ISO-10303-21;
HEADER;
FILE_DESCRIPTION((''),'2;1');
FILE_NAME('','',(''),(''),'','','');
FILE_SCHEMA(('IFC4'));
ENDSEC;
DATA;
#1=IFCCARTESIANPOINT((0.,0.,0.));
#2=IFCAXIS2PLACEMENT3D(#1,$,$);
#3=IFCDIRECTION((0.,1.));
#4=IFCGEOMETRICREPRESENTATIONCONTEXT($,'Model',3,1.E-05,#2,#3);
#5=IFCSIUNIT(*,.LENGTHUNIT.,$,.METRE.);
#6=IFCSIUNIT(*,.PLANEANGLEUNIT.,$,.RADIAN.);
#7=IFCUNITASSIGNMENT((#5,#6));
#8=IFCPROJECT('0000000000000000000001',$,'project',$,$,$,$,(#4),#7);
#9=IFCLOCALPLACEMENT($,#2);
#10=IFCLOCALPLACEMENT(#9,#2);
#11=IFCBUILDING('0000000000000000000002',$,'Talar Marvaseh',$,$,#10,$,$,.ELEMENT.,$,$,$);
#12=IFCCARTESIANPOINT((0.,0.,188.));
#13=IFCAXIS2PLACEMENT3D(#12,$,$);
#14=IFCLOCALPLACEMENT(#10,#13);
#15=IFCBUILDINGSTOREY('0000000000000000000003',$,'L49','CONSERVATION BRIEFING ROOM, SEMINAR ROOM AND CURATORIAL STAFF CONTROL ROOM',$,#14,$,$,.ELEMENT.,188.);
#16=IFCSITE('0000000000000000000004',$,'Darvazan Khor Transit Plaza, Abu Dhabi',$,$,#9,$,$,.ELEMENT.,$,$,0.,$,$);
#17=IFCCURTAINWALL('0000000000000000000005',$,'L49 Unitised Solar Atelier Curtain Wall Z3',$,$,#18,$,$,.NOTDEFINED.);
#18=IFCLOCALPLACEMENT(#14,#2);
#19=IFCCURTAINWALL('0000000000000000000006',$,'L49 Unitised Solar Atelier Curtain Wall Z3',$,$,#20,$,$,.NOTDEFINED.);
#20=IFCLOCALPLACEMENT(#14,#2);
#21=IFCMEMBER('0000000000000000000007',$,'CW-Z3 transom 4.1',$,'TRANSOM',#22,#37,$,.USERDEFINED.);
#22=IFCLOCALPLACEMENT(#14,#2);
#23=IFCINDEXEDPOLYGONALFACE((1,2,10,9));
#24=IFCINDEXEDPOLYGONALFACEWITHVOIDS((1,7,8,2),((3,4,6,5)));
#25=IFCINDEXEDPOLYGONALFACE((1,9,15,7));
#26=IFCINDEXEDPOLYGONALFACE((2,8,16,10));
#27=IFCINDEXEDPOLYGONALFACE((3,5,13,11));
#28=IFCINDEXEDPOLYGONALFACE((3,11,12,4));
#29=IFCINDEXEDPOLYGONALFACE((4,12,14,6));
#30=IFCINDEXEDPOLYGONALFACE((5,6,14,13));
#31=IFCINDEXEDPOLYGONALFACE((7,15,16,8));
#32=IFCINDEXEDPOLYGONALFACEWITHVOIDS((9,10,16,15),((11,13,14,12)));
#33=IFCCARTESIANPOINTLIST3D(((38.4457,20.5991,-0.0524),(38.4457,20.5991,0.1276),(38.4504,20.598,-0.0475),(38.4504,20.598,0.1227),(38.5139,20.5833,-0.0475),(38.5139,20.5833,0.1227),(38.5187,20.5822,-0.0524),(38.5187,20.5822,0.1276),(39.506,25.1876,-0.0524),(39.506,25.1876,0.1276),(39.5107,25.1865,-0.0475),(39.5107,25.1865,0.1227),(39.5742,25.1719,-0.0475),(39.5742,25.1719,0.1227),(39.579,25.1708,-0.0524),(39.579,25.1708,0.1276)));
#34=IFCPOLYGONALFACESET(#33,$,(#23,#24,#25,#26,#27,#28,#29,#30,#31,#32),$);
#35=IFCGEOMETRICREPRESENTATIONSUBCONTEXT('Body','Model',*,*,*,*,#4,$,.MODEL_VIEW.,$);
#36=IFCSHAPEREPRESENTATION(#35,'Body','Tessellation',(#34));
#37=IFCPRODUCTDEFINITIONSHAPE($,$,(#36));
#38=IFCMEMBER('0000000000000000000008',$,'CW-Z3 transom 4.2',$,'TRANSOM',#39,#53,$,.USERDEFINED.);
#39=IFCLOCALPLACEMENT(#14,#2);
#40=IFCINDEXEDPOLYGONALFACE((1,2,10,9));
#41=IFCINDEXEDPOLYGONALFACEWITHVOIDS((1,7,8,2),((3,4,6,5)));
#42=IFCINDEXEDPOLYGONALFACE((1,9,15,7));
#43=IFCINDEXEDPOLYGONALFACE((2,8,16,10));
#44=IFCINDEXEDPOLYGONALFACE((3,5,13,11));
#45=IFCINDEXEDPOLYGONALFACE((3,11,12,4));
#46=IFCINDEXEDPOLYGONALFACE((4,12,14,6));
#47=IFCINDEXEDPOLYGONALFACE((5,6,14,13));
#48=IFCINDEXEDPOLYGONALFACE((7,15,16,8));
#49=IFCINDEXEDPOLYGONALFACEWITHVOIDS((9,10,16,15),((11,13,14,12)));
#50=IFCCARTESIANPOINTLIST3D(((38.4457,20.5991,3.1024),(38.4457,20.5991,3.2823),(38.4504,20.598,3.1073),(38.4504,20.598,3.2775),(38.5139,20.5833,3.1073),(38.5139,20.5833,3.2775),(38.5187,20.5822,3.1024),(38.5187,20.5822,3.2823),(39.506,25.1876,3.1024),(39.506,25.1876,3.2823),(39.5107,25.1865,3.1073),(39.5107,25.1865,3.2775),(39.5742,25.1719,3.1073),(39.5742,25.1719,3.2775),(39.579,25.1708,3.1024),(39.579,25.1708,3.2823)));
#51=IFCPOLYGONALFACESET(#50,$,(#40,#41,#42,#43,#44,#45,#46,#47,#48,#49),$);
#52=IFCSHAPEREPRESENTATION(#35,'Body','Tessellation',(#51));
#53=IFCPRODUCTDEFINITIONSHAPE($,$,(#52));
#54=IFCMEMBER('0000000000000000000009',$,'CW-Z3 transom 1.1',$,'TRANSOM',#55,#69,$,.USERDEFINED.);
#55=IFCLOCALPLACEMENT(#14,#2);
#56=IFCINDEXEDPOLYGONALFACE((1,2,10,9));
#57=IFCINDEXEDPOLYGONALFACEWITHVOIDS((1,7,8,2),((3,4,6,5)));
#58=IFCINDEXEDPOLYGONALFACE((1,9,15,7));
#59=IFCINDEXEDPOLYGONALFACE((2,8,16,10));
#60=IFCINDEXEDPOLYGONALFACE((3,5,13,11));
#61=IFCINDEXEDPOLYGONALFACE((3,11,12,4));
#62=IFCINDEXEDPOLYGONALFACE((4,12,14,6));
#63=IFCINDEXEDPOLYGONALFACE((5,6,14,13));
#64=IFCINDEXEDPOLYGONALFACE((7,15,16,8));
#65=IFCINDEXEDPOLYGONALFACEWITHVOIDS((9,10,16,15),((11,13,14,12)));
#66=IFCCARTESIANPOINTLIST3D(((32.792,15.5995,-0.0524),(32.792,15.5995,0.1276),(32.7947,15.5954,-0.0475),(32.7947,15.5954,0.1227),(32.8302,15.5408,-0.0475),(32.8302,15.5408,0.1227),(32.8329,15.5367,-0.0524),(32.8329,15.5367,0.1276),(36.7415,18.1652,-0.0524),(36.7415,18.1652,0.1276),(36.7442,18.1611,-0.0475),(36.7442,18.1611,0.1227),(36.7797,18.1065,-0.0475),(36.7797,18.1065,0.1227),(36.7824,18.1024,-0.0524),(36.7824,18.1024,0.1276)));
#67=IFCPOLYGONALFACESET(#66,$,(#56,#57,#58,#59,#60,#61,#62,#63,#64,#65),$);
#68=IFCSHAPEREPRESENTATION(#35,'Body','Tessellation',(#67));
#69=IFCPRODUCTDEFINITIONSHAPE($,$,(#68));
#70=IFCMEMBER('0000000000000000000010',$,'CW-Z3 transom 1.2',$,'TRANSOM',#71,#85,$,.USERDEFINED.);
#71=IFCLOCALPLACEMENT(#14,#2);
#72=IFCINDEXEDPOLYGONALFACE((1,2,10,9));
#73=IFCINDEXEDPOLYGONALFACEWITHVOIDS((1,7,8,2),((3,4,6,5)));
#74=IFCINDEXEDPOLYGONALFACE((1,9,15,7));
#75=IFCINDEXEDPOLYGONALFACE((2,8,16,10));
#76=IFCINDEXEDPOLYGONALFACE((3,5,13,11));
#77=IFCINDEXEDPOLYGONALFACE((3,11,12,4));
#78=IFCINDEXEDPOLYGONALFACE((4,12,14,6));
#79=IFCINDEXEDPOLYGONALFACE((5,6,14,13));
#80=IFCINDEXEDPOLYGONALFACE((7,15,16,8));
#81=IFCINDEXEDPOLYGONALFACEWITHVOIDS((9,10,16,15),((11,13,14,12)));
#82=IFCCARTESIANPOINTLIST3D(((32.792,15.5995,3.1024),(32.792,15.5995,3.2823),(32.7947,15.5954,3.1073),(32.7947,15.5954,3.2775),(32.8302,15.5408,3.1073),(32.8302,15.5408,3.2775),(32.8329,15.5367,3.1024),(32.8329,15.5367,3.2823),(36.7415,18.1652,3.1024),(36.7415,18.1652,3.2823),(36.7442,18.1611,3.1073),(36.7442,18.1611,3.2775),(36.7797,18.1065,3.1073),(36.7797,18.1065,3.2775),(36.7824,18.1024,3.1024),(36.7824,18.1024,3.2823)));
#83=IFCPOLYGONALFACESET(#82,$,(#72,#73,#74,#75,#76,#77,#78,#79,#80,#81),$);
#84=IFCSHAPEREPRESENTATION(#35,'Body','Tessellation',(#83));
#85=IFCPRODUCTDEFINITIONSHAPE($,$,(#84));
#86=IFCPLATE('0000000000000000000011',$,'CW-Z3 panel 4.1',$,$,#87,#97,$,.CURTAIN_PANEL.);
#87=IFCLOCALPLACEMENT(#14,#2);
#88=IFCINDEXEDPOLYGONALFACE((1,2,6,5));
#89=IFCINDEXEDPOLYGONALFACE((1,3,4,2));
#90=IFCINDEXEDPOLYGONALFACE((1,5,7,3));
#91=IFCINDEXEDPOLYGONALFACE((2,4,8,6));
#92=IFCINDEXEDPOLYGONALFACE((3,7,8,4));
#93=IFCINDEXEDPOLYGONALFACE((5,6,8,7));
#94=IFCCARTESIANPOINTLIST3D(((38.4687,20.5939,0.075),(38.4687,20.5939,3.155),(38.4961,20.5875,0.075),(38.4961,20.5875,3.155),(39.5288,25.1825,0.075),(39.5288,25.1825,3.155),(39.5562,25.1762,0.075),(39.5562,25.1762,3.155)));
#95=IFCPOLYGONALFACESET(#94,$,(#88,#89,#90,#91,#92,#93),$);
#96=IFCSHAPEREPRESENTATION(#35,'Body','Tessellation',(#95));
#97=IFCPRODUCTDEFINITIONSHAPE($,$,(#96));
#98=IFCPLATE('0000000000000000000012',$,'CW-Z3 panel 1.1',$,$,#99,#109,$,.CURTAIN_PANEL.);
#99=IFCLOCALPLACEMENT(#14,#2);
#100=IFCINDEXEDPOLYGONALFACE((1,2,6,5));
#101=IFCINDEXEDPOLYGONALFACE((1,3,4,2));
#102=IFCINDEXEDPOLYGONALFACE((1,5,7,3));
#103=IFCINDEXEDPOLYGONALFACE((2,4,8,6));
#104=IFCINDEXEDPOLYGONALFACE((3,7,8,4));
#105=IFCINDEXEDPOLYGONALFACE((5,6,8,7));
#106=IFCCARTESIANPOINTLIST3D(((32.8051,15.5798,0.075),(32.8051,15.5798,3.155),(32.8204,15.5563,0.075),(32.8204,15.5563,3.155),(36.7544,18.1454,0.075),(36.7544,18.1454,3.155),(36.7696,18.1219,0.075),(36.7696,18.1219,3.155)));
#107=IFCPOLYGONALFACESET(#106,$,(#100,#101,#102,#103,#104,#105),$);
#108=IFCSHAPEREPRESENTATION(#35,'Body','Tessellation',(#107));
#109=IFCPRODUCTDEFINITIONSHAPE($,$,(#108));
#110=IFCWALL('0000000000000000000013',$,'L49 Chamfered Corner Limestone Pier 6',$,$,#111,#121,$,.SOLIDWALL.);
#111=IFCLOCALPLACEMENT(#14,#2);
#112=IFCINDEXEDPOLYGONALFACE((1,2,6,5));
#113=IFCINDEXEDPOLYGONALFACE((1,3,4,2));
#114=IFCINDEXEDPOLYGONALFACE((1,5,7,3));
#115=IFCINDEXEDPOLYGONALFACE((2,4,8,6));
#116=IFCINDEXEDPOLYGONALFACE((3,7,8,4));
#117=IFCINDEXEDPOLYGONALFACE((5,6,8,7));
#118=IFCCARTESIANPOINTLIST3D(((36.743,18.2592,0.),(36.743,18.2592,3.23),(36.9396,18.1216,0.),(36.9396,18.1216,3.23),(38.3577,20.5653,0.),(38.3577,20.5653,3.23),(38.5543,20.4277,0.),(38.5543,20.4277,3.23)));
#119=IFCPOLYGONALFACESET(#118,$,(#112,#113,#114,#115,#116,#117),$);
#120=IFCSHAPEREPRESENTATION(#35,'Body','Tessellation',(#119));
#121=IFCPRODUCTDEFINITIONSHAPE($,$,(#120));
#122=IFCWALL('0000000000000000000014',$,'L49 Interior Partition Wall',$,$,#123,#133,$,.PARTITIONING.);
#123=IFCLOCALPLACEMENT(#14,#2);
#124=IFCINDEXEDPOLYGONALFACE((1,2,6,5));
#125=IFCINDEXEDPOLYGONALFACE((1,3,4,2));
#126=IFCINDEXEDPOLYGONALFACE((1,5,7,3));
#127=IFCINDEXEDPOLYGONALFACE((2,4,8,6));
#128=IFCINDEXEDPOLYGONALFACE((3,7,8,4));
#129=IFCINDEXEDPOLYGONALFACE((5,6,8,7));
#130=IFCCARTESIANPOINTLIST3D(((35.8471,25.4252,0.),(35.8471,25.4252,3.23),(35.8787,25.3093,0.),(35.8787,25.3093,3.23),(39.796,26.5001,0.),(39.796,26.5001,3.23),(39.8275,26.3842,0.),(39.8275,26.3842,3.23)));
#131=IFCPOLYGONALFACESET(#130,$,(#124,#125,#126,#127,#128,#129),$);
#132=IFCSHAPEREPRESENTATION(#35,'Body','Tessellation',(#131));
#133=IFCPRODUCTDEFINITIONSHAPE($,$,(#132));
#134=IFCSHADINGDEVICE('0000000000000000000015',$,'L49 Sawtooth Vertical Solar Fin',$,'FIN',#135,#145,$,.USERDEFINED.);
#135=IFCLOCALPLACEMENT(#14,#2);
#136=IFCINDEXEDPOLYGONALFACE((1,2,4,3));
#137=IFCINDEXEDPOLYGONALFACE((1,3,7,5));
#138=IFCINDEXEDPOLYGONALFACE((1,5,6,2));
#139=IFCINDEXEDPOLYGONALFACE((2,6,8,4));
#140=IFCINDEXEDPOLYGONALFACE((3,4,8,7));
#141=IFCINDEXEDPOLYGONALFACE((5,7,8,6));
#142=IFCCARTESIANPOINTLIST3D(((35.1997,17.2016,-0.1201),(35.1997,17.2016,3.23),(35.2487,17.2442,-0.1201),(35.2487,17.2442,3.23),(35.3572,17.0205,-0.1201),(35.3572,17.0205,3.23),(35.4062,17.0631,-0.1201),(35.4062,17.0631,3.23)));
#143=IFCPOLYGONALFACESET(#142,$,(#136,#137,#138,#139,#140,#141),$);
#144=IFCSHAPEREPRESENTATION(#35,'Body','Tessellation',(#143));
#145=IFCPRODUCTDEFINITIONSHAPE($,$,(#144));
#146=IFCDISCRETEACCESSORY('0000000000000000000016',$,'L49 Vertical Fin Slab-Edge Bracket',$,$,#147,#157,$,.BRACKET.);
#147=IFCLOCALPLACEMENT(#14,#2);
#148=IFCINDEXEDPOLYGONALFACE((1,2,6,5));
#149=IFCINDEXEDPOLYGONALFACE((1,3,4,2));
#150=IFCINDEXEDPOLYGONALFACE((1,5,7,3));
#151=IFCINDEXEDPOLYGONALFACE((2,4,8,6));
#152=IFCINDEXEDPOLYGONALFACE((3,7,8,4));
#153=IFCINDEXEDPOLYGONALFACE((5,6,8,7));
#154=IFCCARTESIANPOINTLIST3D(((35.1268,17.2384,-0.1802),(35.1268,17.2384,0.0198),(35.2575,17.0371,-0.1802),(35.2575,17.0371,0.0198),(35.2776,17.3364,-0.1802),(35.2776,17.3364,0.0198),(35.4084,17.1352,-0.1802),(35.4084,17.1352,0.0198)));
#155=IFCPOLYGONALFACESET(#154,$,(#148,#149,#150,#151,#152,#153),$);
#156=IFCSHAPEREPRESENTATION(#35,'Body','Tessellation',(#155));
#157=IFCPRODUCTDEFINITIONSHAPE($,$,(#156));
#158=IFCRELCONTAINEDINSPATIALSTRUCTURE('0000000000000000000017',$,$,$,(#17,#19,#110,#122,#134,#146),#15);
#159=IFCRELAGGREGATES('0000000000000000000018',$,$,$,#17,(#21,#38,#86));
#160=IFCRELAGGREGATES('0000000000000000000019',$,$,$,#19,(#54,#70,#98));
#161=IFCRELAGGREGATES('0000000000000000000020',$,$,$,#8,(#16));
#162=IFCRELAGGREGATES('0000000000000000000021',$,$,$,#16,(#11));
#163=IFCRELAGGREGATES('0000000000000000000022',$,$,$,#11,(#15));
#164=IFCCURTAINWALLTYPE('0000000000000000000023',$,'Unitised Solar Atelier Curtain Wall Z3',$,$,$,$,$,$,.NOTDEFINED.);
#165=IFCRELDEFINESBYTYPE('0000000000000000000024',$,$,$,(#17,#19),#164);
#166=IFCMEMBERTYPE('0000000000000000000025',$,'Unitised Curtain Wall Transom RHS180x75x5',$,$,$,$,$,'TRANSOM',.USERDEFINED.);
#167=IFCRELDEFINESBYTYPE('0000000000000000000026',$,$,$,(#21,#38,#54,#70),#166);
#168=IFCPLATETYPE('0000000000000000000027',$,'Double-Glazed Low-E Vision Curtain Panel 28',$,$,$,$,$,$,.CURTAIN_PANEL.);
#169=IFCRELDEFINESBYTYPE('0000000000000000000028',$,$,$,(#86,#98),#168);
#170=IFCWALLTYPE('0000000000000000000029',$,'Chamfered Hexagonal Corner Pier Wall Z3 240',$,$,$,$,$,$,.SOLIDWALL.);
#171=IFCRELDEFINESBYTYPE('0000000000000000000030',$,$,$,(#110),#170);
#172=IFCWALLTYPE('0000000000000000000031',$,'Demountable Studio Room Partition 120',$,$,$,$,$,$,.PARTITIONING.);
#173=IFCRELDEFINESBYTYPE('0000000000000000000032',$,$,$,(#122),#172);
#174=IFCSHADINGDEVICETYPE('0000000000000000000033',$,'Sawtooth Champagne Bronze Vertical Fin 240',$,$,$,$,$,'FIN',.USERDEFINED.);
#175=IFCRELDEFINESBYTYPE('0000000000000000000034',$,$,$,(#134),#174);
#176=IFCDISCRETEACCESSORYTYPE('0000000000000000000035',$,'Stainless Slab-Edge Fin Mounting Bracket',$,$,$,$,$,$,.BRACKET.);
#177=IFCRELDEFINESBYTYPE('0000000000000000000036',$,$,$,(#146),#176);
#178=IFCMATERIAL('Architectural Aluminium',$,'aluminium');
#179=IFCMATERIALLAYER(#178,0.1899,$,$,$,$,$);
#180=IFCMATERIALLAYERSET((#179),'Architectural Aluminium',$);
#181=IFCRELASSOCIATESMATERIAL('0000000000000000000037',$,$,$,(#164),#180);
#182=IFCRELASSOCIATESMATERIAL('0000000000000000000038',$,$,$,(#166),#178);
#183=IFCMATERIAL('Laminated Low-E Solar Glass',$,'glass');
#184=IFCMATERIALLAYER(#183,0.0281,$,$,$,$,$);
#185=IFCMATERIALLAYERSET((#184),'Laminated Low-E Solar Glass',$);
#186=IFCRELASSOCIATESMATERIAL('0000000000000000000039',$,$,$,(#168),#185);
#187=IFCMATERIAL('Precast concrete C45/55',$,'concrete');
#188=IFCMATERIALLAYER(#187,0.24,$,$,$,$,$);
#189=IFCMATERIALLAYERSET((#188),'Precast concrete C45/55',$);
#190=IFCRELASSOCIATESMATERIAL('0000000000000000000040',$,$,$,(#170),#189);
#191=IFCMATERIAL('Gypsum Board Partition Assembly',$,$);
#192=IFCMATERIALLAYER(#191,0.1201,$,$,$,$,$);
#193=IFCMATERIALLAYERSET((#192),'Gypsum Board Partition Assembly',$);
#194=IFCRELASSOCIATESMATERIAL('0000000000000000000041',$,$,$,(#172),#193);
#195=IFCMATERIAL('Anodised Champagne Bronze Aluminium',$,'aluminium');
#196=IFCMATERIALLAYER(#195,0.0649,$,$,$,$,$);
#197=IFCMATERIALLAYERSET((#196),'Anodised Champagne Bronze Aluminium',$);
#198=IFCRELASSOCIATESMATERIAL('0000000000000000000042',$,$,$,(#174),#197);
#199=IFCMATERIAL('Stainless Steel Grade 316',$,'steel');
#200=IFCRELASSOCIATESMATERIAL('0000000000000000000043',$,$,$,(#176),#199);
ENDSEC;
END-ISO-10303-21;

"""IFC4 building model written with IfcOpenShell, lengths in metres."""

from ifc_helpers import new_model, si_unit, direction, frame, frame_2d, origin, origin_2d, place, context, subcontext, project, spatial, rectangle, hollow_rectangle, extrude, source, transform, mapped, material, layer, layer_set, material_profile, profile_set, type_object, type_shapes, element, aggregate, save


model = new_model("IFC4")

# Units and contexts
model_context = context("Model", 3, precision=1e-05, world=origin(), true_north=direction((0.0, 1.0)))
body_context = subcontext(model_context, "Body", "Model", "MODEL_VIEW")
ifc_project = project(units=[si_unit("LENGTHUNIT", "METRE"), si_unit("PLANEANGLEUNIT", "RADIAN")], contexts=[model_context])

# Site, building, storey
site_placement = place(None, origin())
site = spatial("IfcSite", under=ifc_project, at=site_placement, Name="Darvazan Khor Transit Plaza, Abu Dhabi", CompositionType="ELEMENT", RefElevation=0.0)
building_placement = place(site_placement, origin())
building = spatial("IfcBuilding", under=site, at=building_placement, Name="Talar Marvaseh", CompositionType="ELEMENT")
storey_placement = place(building_placement, frame((0.0, 0.0, 188.0)))
storey = spatial("IfcBuildingStorey", under=building, at=storey_placement, Name="L49", Description="CONSERVATION BRIEFING ROOM, SEMINAR ROOM AND CURATORIAL STAFF CONTROL ROOM", CompositionType="ELEMENT", Elevation=188.0)

# Curtain wall
ifc_material_1 = material(Name="Architectural Aluminium", Category="aluminium")
ifc_layer_1 = layer(ifc_material_1, 0.1899)
ifc_layer_set_1 = layer_set([ifc_layer_1], Name="Architectural Aluminium")
curtain_wall_type = type_object("IfcCurtainWallType", Name="Unitised Solar Atelier Curtain Wall Z3", PredefinedType="NOTDEFINED", material=ifc_layer_set_1)
curtain_wall_1_placement = place(storey_placement, origin())
curtain_wall_1 = element("IfcCurtainWall", 1, at=curtain_wall_1_placement, inside=storey, type_object=curtain_wall_type, Name="L49 Unitised Solar Atelier Curtain Wall Z3", PredefinedType="NOTDEFINED")

# Curtain wall
curtain_wall_2_placement = place(storey_placement, origin())
curtain_wall_2 = element("IfcCurtainWall", 2, at=curtain_wall_2_placement, inside=storey, type_object=curtain_wall_type, Name="L49 Unitised Solar Atelier Curtain Wall Z3", PredefinedType="NOTDEFINED")

# Members
ifc_material_profile_1 = material_profile(ifc_material_1, hollow_rectangle(XDim=0.075, YDim=0.1799, WallThickness=0.0049, at=origin_2d()), Name="RHS180x75x5")
ifc_profile_set_1 = profile_set([ifc_material_profile_1], Name="Architectural Aluminium")
member_type_1 = type_object("IfcMemberType", Name="Unitised Curtain Wall Transom RHS180x75x5", ElementType="TRANSOM", PredefinedType="USERDEFINED", material=ifc_profile_set_1)
shared_shape_1 = source(origin(), body_context, "Body", "SweptSolid", [
    extrude(hollow_rectangle(XDim=0.075, YDim=0.1799, WallThickness=0.0049, at=origin_2d()), origin(), (0.0, 0.0, 1.0), 4.7095),
])
member_1_placement = place(storey_placement, frame((39.5425, 25.1792, 0.0376), z_axis=(-0.22514, -0.974327, 0.0), x_axis=(0.974327, -0.22514, 0.0)))
member_1 = element("IfcMember", 3, at=member_1_placement, type_object=member_type_1, Name="CW-Z3 transom 4.1", ObjectType="TRANSOM", PredefinedType="USERDEFINED", context=body_context, shape_type="MappedRepresentation", body=[
    mapped(shared_shape_1, transform((0.0, 0.0, 0.0), x_axis=(1.0, 0.0, 0.0), y_axis=(0.0, 1.0, 0.0), z_axis=(0.0, 0.0, 1.0), scale=1.0)),
])
member_2_placement = place(storey_placement, frame((39.5425, 25.1792, 3.1924), z_axis=(-0.22514, -0.974327, 0.0), x_axis=(0.974327, -0.22514, 0.0)))
member_2 = element("IfcMember", 4, at=member_2_placement, type_object=member_type_1, Name="CW-Z3 transom 4.2", ObjectType="TRANSOM", PredefinedType="USERDEFINED", context=body_context, shape_type="MappedRepresentation", body=[
    mapped(shared_shape_1, transform((0.0, 0.0, 0.0), x_axis=(1.0, 0.0, 0.0), y_axis=(0.0, 1.0, 0.0), z_axis=(0.0, 0.0, 1.0), scale=1.0)),
])
shared_shape_2 = source(origin(), body_context, "Body", "SweptSolid", [
    extrude(hollow_rectangle(XDim=0.075, YDim=0.1799, WallThickness=0.0049, at=origin_2d()), origin(), (0.0, 0.0, 1.0), 4.7097),
])
type_shapes(member_type_1, [shared_shape_1, shared_shape_2])
member_3_placement = place(storey_placement, frame((36.762, 18.1338, 0.0376), z_axis=(-0.838587, -0.544768, 0.0), x_axis=(0.544768, -0.838587, 0.0)))
member_3 = element("IfcMember", 5, at=member_3_placement, type_object=member_type_1, Name="CW-Z3 transom 1.1", ObjectType="TRANSOM", PredefinedType="USERDEFINED", context=body_context, shape_type="MappedRepresentation", body=[
    mapped(shared_shape_2, transform((0.0, 0.0, 0.0), x_axis=(1.0, 0.0, 0.0), y_axis=(0.0, 1.0, 0.0), z_axis=(0.0, 0.0, 1.0), scale=1.0)),
])
member_4_placement = place(storey_placement, frame((36.762, 18.1338, 3.1924), z_axis=(-0.838587, -0.544768, 0.0), x_axis=(0.544768, -0.838587, 0.0)))
member_4 = element("IfcMember", 6, at=member_4_placement, type_object=member_type_1, Name="CW-Z3 transom 1.2", ObjectType="TRANSOM", PredefinedType="USERDEFINED", context=body_context, shape_type="MappedRepresentation", body=[
    mapped(shared_shape_2, transform((0.0, 0.0, 0.0), x_axis=(1.0, 0.0, 0.0), y_axis=(0.0, 1.0, 0.0), z_axis=(0.0, 0.0, 1.0), scale=1.0)),
])

# Plates
ifc_material_2 = material(Name="Laminated Low-E Solar Glass", Category="glass")
ifc_layer_2 = layer(ifc_material_2, 0.0281)
ifc_layer_set_2 = layer_set([ifc_layer_2], Name="Laminated Low-E Solar Glass")
plate_type = type_object("IfcPlateType", Name="Double-Glazed Low-E Vision Curtain Panel 28", PredefinedType="CURTAIN_PANEL", material=ifc_layer_set_2)
shared_shape_3 = source(origin(), body_context, "Body", "SweptSolid", [
    extrude(rectangle(XDim=4.7095, YDim=0.0281, at=origin_2d()), origin(), (0.0, 0.0, 1.0), 3.0801),
])
type_shapes(plate_type, [shared_shape_3])
plate_1_placement = place(storey_placement, frame((39.0125, 22.885, 0.075), z_axis=(0.0, 0.0, 1.0), x_axis=(-0.225102, -0.974335, 0.0)))
plate_1 = element("IfcPlate", 7, at=plate_1_placement, type_object=plate_type, Name="CW-Z3 panel 4.1", PredefinedType="CURTAIN_PANEL", context=body_context, shape_type="MappedRepresentation", body=[
    mapped(shared_shape_3, transform((0.0, 0.0, 0.0), x_axis=(1.0, 0.0, 0.0), y_axis=(0.0, 1.0, 0.0), z_axis=(0.0, 0.0, 1.0), scale=1.0)),
])
aggregate(curtain_wall_1, [member_1, member_2, plate_1])
plate_2_placement = place(storey_placement, frame((34.7874, 16.8508, 0.075), z_axis=(0.0, 0.0, 1.0), x_axis=(-0.838585, -0.544771, 0.0)))
plate_2 = element("IfcPlate", 8, at=plate_2_placement, type_object=plate_type, Name="CW-Z3 panel 1.1", PredefinedType="CURTAIN_PANEL", context=body_context, shape_type="MappedRepresentation", body=[
    mapped(shared_shape_3, transform((0.0, 0.0, 0.0), x_axis=(1.0, 0.0, 0.0), y_axis=(0.0, 1.0, 0.0), z_axis=(0.0, 0.0, 1.0), scale=1.0)),
])
aggregate(curtain_wall_2, [member_3, member_4, plate_2])

# Wall
ifc_material_3 = material(Name="Precast concrete C45/55", Category="concrete")
ifc_layer_3 = layer(ifc_material_3, 0.24)
ifc_layer_set_3 = layer_set([ifc_layer_3], Name="Precast concrete C45/55")
wall_type_1 = type_object("IfcWallType", Name="Chamfered Hexagonal Corner Pier Wall Z3 240", PredefinedType="SOLIDWALL", material=ifc_layer_set_3)
wall_1_placement = place(storey_placement, frame((38.4561, 20.4966, 0.0), z_axis=(0.0, 0.0, 1.0), x_axis=(-0.573567, -0.819159, 0.0)))
element("IfcWall", 9, at=wall_1_placement, inside=storey, type_object=wall_type_1, Name="L49 Chamfered Corner Limestone Pier 6", PredefinedType="SOLIDWALL", context=body_context, shape_type="SweptSolid", body=[
    extrude(rectangle(XDim=2.8152, YDim=0.24, at=frame_2d((1.4077, 0.0))), origin(), (0.0, 0.0, 1.0), 3.23),
])

# Shared definitions
ifc_material_4 = material(Name="Gypsum Board Partition Assembly")

# Wall
ifc_layer_4 = layer(ifc_material_4, 0.1201)
ifc_layer_set_4 = layer_set([ifc_layer_4], Name="Gypsum Board Partition Assembly")
wall_type_2 = type_object("IfcWallType", Name="Demountable Studio Room Partition 120", PredefinedType="PARTITIONING", material=ifc_layer_set_4)
wall_2_placement = place(storey_placement, frame((35.8628, 25.3672, 0.0), z_axis=(0.0, 0.0, 1.0), x_axis=(0.964886, 0.262668, 0.0)))
element("IfcWall", 10, at=wall_2_placement, inside=storey, type_object=wall_type_2, Name="L49 Interior Partition Wall", PredefinedType="PARTITIONING", context=body_context, shape_type="SweptSolid", body=[
    extrude(rectangle(XDim=4.0925, YDim=0.1201, at=frame_2d((2.0464, 0.0))), origin(), (0.0, 0.0, 1.0), 3.23),
])

# Shading device
ifc_material_5 = material(Name="Anodised Champagne Bronze Aluminium", Category="aluminium")
ifc_layer_5 = layer(ifc_material_5, 0.0649)
ifc_layer_set_5 = layer_set([ifc_layer_5], Name="Anodised Champagne Bronze Aluminium")
shading_device_type = type_object("IfcShadingDeviceType", Name="Sawtooth Champagne Bronze Vertical Fin 240", ElementType="FIN", PredefinedType="USERDEFINED", material=ifc_layer_set_5)
shared_shape_4 = source(origin(), body_context, "Body", "SweptSolid", [
    extrude(rectangle(XDim=0.24, YDim=0.0649, at=origin_2d()), origin(), (0.0, 0.0, 1.0), 3.3501),
])
type_shapes(shading_device_type, [shared_shape_4])
shading_device_placement = place(storey_placement, frame((35.303, 17.1323, -0.1201), z_axis=(0.0, 0.0, 1.0), x_axis=(0.656191, -0.754595, 0.0)))
element("IfcShadingDevice", 11, at=shading_device_placement, inside=storey, type_object=shading_device_type, Name="L49 Sawtooth Vertical Solar Fin", ObjectType="FIN", PredefinedType="USERDEFINED", context=body_context, shape_type="MappedRepresentation", body=[
    mapped(shared_shape_4, transform((0.0, 0.0, 0.0), x_axis=(1.0, 0.0, 0.0), y_axis=(0.0, 1.0, 0.0), z_axis=(0.0, 0.0, 1.0), scale=1.0)),
])

# Discrete accessory
ifc_material_6 = material(Name="Stainless Steel Grade 316", Category="steel")
discrete_accessory_type = type_object("IfcDiscreteAccessoryType", Name="Stainless Slab-Edge Fin Mounting Bracket", PredefinedType="BRACKET", material=ifc_material_6)
shared_shape_5 = source(origin(), body_context, "Body", "SweptSolid", [
    extrude(rectangle(XDim=0.24, YDim=0.1799, at=origin_2d()), origin(), (0.0, 0.0, 1.0), 0.2),
])
type_shapes(discrete_accessory_type, [shared_shape_5])
discrete_accessory_placement = place(storey_placement, frame((35.2676, 17.1868, -0.1802), z_axis=(0.0, 0.0, 1.0), x_axis=(0.544785, -0.838575, 0.0)))
element("IfcDiscreteAccessory", 12, at=discrete_accessory_placement, inside=storey, type_object=discrete_accessory_type, Name="L49 Vertical Fin Slab-Edge Bracket", PredefinedType="BRACKET", context=body_context, shape_type="MappedRepresentation", body=[
    mapped(shared_shape_5, transform((0.0, 0.0, 0.0), x_axis=(1.0, 0.0, 0.0), y_axis=(0.0, 1.0, 0.0), z_axis=(0.0, 0.0, 1.0), scale=1.0)),
])

save(model, "model.ifc")
